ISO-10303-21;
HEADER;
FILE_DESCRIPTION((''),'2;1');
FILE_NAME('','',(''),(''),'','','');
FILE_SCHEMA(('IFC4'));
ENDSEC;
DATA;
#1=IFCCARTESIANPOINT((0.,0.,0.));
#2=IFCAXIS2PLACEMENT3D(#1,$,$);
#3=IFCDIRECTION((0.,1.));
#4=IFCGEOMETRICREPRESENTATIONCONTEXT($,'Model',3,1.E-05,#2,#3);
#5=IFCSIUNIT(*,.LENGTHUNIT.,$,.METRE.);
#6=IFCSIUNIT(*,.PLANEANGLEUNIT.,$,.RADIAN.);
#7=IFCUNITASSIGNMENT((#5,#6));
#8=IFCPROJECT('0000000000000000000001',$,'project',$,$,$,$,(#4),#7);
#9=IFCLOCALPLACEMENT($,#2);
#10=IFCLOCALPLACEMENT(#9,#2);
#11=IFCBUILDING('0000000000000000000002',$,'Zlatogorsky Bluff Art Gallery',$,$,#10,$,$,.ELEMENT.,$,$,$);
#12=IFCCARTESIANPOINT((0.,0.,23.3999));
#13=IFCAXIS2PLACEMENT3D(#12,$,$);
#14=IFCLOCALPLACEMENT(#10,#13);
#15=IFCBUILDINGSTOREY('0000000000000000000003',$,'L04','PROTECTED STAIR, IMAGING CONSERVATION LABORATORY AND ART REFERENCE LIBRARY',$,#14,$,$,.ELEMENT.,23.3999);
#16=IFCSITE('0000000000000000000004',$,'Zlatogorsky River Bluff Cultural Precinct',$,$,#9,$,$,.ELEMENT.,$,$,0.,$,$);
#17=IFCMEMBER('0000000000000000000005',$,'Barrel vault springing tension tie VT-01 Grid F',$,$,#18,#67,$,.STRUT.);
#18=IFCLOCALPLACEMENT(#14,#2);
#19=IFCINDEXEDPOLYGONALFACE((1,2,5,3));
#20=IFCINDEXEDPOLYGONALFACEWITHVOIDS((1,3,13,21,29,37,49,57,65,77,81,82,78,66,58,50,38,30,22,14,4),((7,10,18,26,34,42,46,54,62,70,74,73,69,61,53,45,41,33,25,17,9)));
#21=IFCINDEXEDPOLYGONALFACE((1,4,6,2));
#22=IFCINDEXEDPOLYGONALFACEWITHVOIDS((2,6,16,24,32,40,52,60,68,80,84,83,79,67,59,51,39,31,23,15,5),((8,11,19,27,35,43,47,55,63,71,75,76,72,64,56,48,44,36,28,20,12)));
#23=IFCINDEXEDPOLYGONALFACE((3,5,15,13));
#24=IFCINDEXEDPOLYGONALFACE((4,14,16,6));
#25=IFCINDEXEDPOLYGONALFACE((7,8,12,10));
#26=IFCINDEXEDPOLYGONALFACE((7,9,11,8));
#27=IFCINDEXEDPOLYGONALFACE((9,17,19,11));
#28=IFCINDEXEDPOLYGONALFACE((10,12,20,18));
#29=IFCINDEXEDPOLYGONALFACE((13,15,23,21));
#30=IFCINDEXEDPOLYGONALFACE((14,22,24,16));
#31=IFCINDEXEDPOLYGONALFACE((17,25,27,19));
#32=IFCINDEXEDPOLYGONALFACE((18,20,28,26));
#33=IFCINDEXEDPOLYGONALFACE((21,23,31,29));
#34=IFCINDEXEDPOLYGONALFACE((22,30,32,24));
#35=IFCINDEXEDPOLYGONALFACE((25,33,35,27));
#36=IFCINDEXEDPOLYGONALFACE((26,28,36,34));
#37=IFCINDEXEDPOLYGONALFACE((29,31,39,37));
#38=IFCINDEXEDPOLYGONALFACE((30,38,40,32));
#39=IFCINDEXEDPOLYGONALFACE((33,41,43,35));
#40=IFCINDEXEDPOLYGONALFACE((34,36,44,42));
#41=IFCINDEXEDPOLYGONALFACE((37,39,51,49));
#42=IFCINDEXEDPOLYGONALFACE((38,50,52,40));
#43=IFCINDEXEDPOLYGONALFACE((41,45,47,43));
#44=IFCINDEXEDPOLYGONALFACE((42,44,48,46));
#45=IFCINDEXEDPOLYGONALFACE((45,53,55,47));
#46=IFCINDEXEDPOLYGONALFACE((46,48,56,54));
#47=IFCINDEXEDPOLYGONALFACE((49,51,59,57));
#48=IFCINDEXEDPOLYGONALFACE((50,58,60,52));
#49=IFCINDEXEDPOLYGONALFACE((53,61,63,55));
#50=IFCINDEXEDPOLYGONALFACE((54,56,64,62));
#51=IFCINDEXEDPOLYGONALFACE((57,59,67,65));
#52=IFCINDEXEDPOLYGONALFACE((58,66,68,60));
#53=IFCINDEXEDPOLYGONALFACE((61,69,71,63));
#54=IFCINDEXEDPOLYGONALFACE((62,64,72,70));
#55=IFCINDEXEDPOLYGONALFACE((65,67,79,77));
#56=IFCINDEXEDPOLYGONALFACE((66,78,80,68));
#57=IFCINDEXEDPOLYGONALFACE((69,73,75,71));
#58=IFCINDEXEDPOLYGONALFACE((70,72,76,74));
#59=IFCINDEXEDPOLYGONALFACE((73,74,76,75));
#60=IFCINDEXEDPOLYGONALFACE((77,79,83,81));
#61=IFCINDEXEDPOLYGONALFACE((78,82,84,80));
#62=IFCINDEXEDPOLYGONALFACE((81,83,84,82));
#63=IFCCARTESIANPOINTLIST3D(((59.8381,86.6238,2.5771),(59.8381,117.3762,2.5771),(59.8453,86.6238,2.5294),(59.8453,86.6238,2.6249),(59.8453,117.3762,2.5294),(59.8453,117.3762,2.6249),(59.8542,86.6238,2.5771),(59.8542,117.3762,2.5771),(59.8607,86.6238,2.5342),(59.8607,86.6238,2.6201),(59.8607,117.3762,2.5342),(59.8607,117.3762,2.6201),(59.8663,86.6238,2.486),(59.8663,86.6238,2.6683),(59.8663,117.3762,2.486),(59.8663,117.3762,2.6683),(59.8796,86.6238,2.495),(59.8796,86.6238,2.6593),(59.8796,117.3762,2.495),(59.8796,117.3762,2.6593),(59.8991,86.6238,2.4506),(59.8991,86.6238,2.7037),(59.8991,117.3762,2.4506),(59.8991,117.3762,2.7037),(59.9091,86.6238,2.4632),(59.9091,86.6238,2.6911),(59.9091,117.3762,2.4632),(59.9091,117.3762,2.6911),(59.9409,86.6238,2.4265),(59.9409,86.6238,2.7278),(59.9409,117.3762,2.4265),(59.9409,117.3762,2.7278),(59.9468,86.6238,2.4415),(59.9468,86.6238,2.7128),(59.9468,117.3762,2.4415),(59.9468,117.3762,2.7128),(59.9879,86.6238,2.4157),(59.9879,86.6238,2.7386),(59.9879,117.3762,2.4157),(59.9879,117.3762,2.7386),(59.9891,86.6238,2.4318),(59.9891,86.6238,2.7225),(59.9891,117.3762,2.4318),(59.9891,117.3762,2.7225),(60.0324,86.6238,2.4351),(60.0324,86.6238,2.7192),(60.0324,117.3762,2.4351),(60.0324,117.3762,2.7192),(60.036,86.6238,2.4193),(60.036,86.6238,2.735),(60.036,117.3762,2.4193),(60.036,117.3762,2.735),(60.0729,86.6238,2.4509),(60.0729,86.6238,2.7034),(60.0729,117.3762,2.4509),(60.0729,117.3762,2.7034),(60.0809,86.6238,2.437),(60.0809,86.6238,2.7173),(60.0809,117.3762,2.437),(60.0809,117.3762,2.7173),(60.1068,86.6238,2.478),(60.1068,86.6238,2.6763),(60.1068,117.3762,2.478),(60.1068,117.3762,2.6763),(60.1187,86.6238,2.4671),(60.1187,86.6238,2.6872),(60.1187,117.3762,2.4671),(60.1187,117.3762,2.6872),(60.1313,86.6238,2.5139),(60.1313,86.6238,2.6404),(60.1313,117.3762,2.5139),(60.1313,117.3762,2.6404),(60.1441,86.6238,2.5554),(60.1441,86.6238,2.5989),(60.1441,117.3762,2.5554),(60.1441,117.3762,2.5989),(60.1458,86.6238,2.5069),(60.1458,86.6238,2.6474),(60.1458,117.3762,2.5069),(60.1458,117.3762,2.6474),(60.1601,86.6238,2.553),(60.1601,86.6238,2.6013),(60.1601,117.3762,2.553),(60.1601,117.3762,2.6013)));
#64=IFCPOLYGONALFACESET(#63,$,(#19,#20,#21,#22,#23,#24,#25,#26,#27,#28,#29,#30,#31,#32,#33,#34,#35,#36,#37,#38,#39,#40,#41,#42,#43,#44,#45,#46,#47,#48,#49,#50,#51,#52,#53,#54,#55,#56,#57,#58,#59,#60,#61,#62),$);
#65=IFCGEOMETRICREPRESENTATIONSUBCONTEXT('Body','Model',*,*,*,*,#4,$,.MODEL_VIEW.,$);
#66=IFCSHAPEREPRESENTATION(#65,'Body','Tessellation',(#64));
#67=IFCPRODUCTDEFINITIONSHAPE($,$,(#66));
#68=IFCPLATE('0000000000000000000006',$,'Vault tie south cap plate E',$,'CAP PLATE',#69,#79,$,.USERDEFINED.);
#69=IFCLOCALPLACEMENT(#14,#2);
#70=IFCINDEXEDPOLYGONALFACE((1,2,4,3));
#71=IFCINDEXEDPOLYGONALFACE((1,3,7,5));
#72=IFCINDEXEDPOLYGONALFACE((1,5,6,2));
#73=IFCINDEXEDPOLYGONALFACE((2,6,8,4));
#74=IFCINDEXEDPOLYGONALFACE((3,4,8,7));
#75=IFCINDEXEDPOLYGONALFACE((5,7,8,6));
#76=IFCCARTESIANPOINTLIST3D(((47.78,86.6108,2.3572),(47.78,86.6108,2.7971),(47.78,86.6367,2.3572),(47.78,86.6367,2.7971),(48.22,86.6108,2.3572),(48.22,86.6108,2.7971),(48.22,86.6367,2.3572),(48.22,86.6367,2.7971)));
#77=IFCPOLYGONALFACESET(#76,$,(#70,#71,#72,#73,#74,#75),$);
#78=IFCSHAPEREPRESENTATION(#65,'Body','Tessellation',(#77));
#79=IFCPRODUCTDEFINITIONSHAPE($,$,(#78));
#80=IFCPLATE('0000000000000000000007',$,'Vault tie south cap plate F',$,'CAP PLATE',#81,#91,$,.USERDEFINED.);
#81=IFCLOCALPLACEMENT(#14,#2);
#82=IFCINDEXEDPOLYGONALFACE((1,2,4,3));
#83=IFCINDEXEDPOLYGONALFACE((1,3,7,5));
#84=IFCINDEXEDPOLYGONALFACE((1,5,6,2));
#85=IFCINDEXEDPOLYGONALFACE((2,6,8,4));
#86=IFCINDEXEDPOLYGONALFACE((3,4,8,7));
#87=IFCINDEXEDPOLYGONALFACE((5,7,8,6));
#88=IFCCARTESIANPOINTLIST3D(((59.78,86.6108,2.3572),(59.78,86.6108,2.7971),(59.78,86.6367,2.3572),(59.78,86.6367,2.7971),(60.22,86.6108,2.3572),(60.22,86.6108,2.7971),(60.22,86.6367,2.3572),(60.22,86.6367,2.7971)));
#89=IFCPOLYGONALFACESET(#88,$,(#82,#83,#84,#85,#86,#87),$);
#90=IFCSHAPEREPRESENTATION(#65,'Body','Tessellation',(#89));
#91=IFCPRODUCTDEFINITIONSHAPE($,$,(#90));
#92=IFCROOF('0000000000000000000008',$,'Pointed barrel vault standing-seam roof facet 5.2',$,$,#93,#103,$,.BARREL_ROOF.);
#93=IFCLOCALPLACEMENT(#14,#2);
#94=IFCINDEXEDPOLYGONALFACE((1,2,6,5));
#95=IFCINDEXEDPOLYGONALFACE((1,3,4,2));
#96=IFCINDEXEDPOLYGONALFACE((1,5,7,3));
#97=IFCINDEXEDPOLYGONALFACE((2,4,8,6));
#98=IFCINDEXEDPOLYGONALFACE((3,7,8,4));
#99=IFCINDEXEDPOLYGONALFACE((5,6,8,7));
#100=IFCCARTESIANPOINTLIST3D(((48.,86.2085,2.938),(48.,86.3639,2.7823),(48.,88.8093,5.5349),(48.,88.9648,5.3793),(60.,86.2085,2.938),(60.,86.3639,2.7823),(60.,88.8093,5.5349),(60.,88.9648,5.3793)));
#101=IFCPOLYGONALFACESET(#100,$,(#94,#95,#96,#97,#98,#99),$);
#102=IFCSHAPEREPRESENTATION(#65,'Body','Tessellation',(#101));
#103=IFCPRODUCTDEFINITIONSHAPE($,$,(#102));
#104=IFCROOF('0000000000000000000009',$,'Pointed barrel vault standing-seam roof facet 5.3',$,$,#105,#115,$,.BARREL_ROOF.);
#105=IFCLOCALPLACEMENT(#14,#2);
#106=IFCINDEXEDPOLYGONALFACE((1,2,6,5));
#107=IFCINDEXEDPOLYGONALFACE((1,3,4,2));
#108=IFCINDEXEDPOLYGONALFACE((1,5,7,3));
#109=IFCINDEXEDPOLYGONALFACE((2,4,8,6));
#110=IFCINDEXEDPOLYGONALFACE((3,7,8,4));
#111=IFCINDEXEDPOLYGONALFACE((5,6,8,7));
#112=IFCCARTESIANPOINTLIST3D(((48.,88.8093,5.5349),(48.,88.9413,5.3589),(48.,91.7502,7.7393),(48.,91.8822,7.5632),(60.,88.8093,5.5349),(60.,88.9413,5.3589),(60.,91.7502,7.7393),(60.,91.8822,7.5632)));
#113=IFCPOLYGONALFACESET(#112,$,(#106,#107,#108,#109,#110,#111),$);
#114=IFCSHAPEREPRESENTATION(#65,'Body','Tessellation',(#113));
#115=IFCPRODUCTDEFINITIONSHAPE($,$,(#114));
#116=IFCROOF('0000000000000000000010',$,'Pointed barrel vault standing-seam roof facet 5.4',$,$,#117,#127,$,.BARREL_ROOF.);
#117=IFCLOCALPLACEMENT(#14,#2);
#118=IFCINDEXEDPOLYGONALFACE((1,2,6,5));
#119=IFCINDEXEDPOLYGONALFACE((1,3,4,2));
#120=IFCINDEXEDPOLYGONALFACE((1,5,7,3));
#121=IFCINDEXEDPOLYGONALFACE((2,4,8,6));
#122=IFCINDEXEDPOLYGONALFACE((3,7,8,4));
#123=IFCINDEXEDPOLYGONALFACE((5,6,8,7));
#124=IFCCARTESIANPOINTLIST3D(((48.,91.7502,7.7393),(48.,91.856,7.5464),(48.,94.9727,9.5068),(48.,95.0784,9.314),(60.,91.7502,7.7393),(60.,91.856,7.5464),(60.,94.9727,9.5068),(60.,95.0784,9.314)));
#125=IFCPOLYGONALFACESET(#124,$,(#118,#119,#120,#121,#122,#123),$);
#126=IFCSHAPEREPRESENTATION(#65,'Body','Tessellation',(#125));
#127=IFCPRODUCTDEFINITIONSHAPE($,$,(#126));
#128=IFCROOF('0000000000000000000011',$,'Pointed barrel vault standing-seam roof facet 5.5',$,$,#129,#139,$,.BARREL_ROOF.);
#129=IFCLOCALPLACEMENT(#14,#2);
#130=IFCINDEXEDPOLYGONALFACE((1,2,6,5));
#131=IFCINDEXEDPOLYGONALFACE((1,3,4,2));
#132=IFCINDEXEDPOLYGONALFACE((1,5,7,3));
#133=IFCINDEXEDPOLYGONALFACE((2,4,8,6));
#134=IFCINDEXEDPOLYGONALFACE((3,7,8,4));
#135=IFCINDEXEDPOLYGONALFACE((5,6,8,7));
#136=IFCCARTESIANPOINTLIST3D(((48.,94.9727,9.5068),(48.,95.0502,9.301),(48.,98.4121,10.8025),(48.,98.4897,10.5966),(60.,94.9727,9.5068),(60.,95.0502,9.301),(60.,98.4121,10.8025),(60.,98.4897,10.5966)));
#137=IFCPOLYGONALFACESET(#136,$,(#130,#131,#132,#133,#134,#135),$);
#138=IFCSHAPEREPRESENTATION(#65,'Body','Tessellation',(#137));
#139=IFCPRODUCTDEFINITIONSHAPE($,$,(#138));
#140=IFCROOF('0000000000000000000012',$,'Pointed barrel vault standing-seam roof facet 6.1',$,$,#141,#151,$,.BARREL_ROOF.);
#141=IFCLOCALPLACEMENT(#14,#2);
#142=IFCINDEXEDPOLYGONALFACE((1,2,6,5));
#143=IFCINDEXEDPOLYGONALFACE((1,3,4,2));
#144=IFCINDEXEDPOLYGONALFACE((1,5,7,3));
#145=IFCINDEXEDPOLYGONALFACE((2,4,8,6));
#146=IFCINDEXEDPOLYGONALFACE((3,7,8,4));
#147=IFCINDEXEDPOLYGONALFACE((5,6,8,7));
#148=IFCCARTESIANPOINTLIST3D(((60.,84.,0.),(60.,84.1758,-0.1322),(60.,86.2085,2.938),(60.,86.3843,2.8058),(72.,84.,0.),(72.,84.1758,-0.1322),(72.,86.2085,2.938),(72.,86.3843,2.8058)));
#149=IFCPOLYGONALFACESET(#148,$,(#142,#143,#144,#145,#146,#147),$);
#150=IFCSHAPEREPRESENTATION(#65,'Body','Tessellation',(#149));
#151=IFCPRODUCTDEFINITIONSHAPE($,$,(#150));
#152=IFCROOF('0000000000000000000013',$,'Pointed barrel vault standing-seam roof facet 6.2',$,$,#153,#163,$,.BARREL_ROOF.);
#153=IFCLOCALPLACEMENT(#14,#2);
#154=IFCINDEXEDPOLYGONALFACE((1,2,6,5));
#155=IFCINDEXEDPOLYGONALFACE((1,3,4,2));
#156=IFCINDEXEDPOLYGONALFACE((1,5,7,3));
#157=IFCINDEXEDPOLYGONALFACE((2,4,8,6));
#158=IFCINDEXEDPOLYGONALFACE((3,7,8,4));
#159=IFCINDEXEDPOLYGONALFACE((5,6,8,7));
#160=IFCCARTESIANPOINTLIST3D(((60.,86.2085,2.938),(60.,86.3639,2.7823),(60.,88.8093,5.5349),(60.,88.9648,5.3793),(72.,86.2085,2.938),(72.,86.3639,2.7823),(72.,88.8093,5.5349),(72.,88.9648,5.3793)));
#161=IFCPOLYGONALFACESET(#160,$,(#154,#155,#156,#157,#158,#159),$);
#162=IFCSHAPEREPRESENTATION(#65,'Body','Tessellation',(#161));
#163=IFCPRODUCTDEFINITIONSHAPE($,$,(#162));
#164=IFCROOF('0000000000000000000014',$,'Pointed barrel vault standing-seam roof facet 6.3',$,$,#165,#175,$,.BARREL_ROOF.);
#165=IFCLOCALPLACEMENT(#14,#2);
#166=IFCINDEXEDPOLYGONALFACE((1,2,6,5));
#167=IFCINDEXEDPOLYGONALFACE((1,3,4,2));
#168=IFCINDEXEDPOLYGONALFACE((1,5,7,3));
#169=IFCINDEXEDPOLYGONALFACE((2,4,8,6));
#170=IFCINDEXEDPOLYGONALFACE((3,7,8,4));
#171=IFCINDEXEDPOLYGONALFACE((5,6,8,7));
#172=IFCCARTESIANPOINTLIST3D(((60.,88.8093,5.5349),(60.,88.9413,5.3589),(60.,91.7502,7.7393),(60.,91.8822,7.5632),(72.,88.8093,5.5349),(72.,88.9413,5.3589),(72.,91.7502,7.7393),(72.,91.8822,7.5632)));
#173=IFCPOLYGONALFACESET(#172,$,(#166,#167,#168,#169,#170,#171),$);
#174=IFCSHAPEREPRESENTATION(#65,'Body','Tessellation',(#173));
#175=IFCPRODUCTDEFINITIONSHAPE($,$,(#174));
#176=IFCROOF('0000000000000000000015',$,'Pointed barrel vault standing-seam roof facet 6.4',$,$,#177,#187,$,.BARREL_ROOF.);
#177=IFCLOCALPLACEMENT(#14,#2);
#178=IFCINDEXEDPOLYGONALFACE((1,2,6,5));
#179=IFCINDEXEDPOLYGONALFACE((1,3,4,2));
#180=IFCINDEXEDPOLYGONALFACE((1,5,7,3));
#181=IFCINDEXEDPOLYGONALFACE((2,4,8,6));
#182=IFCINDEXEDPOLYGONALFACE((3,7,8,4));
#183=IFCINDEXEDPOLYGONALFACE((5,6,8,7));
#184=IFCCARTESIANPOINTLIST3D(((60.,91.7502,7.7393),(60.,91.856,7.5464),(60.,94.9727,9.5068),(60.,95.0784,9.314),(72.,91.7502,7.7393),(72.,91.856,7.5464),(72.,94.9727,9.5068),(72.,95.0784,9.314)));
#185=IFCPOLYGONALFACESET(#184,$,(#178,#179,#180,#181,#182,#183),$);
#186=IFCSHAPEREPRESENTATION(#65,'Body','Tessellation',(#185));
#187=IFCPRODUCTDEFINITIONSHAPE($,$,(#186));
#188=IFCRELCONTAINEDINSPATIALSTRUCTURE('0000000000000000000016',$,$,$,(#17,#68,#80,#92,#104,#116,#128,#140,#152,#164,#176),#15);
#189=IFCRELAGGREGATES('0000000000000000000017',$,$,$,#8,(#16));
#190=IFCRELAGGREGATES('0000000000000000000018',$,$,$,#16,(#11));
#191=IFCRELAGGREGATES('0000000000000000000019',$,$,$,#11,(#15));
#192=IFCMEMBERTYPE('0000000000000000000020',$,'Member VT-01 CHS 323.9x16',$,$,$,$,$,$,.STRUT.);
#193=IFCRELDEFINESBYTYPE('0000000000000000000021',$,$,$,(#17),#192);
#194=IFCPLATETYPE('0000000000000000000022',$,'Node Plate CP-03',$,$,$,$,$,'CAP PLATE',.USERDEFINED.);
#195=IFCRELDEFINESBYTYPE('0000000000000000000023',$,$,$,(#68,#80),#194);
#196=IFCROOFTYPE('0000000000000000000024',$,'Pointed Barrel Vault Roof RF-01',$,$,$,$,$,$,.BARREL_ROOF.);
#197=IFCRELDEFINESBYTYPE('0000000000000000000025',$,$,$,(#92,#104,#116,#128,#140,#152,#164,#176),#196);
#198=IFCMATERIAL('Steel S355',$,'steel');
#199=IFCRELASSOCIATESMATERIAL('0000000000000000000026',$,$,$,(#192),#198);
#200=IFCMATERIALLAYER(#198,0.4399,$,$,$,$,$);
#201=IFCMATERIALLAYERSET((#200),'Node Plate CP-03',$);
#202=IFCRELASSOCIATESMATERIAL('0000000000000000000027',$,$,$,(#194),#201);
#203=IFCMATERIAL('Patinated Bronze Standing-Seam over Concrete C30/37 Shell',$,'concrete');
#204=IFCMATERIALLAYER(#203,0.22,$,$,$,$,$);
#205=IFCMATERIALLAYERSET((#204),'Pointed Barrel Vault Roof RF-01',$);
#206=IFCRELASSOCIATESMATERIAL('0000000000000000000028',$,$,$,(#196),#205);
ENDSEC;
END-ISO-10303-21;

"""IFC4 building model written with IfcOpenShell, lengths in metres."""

from ifc_helpers import new_model, si_unit, direction, frame, origin, origin_2d, place, context, subcontext, project, spatial, polyline, rectangle, hollow_circle, outline, extrude, material, layer, layer_set, material_profile, profile_set, type_object, element, save


model = new_model("IFC4")

# Units and contexts
model_context = context("Model", 3, precision=1e-05, world=origin(), true_north=direction((0.0, 1.0)))
body_context = subcontext(model_context, "Body", "Model", "MODEL_VIEW")
ifc_project = project(units=[si_unit("LENGTHUNIT", "METRE"), si_unit("PLANEANGLEUNIT", "RADIAN")], contexts=[model_context])

# Site, building, storey
site_placement = place(None, origin())
site = spatial("IfcSite", under=ifc_project, at=site_placement, Name="Zlatogorsky River Bluff Cultural Precinct", CompositionType="ELEMENT", RefElevation=0.0)
building_placement = place(site_placement, origin())
building = spatial("IfcBuilding", under=site, at=building_placement, Name="Zlatogorsky Bluff Art Gallery", CompositionType="ELEMENT")
storey_placement = place(building_placement, frame((0.0, 0.0, 23.3999)))
storey = spatial("IfcBuildingStorey", under=building, at=storey_placement, Name="L04", Description="PROTECTED STAIR, IMAGING CONSERVATION LABORATORY AND ART REFERENCE LIBRARY", CompositionType="ELEMENT", Elevation=23.3999)

# Shared definitions
ifc_material_1 = material(Name="Steel S355", Category="steel")

# Member
ifc_material_profile_1 = material_profile(ifc_material_1, hollow_circle(Radius=0.1619, WallThickness=0.0161, at=origin_2d()), Name="CHS 323.9x16")
ifc_profile_set_1 = profile_set([ifc_material_profile_1], Name="Steel S355")
member_type = type_object("IfcMemberType", Name="Member VT-01 CHS 323.9x16", PredefinedType="STRUT", material=ifc_profile_set_1)
for number, where, z_axis, x_axis, name in (
    (1, (60.0, 86.6238, 2.5771), (0.0, 1.0, 0.0), (-1.0, 0.0, 0.0), "Barrel vault springing tension tie VT-01 Grid F"),
):
    element("IfcMember", number, at=place(storey_placement, frame(where, z_axis=z_axis, x_axis=x_axis)), inside=storey, type_object=member_type, Name=name, PredefinedType="STRUT", context=body_context, shape_type="SweptSolid", body=[
        extrude(hollow_circle(Radius=0.1619, WallThickness=0.0161, at=origin_2d()), origin(), (0.0, 0.0, 1.0), 30.7524),
    ])

# Plates
ifc_layer_1 = layer(ifc_material_1, 0.4399)
ifc_layer_set_1 = layer_set([ifc_layer_1], Name="Node Plate CP-03")
plate_type = type_object("IfcPlateType", Name="Node Plate CP-03", ElementType="CAP PLATE", PredefinedType="USERDEFINED", material=ifc_layer_set_1)
for number, where, z_axis, x_axis, name in (
    (2, (48.0, 86.6238, 2.3572), (0.0, 0.0, 1.0), (1.0, 0.0, 0.0), "Vault tie south cap plate E"),
    (3, (60.0, 86.6238, 2.3572), (0.0, 0.0, 1.0), (1.0, 0.0, 0.0), "Vault tie south cap plate F"),
):
    element("IfcPlate", number, at=place(storey_placement, frame(where, z_axis=z_axis, x_axis=x_axis)), inside=storey, type_object=plate_type, Name=name, ObjectType="CAP PLATE", PredefinedType="USERDEFINED", context=body_context, shape_type="SweptSolid", body=[
        extrude(rectangle(XDim=0.4399, YDim=0.0259, at=origin_2d()), origin(), (0.0, 0.0, 1.0), 0.4399),
    ])

# Roofs
ifc_material_2 = material(Name="Patinated Bronze Standing-Seam over Concrete C30/37 Shell", Category="concrete")
ifc_layer_2 = layer(ifc_material_2, 0.22)
ifc_layer_set_2 = layer_set([ifc_layer_2], Name="Pointed Barrel Vault Roof RF-01")
roof_type = type_object("IfcRoofType", Name="Pointed Barrel Vault Roof RF-01", PredefinedType="BARREL_ROOF", material=ifc_layer_set_2)
roof_1_placement = place(storey_placement, frame((48.0, 86.2085, 2.938), z_axis=(0.0, -0.706575, 0.707638), x_axis=(1.0, 0.0, 0.0)))
element("IfcRoof", 4, at=roof_1_placement, inside=storey, type_object=roof_type, Name="Pointed barrel vault standing-seam roof facet 5.2", PredefinedType="BARREL_ROOF", context=body_context, shape_type="SweptSolid", body=[
    extrude(outline(polyline([(0.0, 0.0), (12.0, 0.0), (12.0, 3.6754), (0.0, 3.6754), (0.0, 0.0)])), origin(), (0.0, 0.0, -1.0), 0.22),
])
roof_2_placement = place(storey_placement, frame((48.0, 88.8093, 5.5349), z_axis=(0.0, -0.599766, 0.800175), x_axis=(1.0, 0.0, 0.0)))
element("IfcRoof", 5, at=roof_2_placement, inside=storey, type_object=roof_type, Name="Pointed barrel vault standing-seam roof facet 5.3", PredefinedType="BARREL_ROOF", context=body_context, shape_type="SweptSolid", body=[
    extrude(outline(polyline([(0.0, 0.0), (12.0, 0.0), (12.0, 3.6753), (0.0, 3.6753), (0.0, 0.0)])), origin(), (0.0, 0.0, -1.0), 0.22),
])
roof_3_placement = place(storey_placement, frame((48.0, 91.7502, 7.7393), z_axis=(0.0, -0.480927, 0.876761), x_axis=(1.0, 0.0, 0.0)))
element("IfcRoof", 6, at=roof_3_placement, inside=storey, type_object=roof_type, Name="Pointed barrel vault standing-seam roof facet 5.4", PredefinedType="BARREL_ROOF", context=body_context, shape_type="SweptSolid", body=[
    extrude(outline(polyline([(0.0, 0.0), (12.0, 0.0), (12.0, 3.6754), (0.0, 3.6754), (0.0, 0.0)])), origin(), (0.0, 0.0, -1.0), 0.22),
])
roof_4_placement = place(storey_placement, frame((48.0, 94.9727, 9.5068), z_axis=(0.0, -0.352521, 0.935804), x_axis=(1.0, 0.0, 0.0)))
element("IfcRoof", 7, at=roof_4_placement, inside=storey, type_object=roof_type, Name="Pointed barrel vault standing-seam roof facet 5.5", PredefinedType="BARREL_ROOF", context=body_context, shape_type="SweptSolid", body=[
    extrude(outline(polyline([(0.0, 0.0), (12.0, 0.0), (12.0, 3.6754), (0.0, 3.6754), (0.0, 0.0)])), origin(), (0.0, 0.0, -1.0), 0.22),
])
roof_5_placement = place(storey_placement, frame((60.0, 84.0, 0.0), z_axis=(0.0, -0.799346, 0.600871), x_axis=(1.0, 0.0, 0.0)))
element("IfcRoof", 8, at=roof_5_placement, inside=storey, type_object=roof_type, Name="Pointed barrel vault standing-seam roof facet 6.1", PredefinedType="BARREL_ROOF", context=body_context, shape_type="SweptSolid", body=[
    extrude(outline(polyline([(0.0, 0.0), (12.0, 0.0), (12.0, 3.6755), (0.0, 3.6755), (0.0, 0.0)])), origin(), (0.0, 0.0, -1.0), 0.22),
])
roof_6_placement = place(storey_placement, frame((60.0, 86.2085, 2.938), z_axis=(0.0, -0.706575, 0.707638), x_axis=(1.0, 0.0, 0.0)))
element("IfcRoof", 9, at=roof_6_placement, inside=storey, type_object=roof_type, Name="Pointed barrel vault standing-seam roof facet 6.2", PredefinedType="BARREL_ROOF", context=body_context, shape_type="SweptSolid", body=[
    extrude(outline(polyline([(0.0, 0.0), (12.0, 0.0), (12.0, 3.6754), (0.0, 3.6754), (0.0, 0.0)])), origin(), (0.0, 0.0, -1.0), 0.22),
])
roof_7_placement = place(storey_placement, frame((60.0, 88.8093, 5.5349), z_axis=(0.0, -0.599766, 0.800175), x_axis=(1.0, 0.0, 0.0)))
element("IfcRoof", 10, at=roof_7_placement, inside=storey, type_object=roof_type, Name="Pointed barrel vault standing-seam roof facet 6.3", PredefinedType="BARREL_ROOF", context=body_context, shape_type="SweptSolid", body=[
    extrude(outline(polyline([(0.0, 0.0), (12.0, 0.0), (12.0, 3.6753), (0.0, 3.6753), (0.0, 0.0)])), origin(), (0.0, 0.0, -1.0), 0.22),
])
roof_8_placement = place(storey_placement, frame((60.0, 91.7502, 7.7393), z_axis=(0.0, -0.480927, 0.876761), x_axis=(1.0, 0.0, 0.0)))
element("IfcRoof", 11, at=roof_8_placement, inside=storey, type_object=roof_type, Name="Pointed barrel vault standing-seam roof facet 6.4", PredefinedType="BARREL_ROOF", context=body_context, shape_type="SweptSolid", body=[
    extrude(outline(polyline([(0.0, 0.0), (12.0, 0.0), (12.0, 3.6754), (0.0, 3.6754), (0.0, 0.0)])), origin(), (0.0, 0.0, -1.0), 0.22),
])

save(model, "model.ifc")
